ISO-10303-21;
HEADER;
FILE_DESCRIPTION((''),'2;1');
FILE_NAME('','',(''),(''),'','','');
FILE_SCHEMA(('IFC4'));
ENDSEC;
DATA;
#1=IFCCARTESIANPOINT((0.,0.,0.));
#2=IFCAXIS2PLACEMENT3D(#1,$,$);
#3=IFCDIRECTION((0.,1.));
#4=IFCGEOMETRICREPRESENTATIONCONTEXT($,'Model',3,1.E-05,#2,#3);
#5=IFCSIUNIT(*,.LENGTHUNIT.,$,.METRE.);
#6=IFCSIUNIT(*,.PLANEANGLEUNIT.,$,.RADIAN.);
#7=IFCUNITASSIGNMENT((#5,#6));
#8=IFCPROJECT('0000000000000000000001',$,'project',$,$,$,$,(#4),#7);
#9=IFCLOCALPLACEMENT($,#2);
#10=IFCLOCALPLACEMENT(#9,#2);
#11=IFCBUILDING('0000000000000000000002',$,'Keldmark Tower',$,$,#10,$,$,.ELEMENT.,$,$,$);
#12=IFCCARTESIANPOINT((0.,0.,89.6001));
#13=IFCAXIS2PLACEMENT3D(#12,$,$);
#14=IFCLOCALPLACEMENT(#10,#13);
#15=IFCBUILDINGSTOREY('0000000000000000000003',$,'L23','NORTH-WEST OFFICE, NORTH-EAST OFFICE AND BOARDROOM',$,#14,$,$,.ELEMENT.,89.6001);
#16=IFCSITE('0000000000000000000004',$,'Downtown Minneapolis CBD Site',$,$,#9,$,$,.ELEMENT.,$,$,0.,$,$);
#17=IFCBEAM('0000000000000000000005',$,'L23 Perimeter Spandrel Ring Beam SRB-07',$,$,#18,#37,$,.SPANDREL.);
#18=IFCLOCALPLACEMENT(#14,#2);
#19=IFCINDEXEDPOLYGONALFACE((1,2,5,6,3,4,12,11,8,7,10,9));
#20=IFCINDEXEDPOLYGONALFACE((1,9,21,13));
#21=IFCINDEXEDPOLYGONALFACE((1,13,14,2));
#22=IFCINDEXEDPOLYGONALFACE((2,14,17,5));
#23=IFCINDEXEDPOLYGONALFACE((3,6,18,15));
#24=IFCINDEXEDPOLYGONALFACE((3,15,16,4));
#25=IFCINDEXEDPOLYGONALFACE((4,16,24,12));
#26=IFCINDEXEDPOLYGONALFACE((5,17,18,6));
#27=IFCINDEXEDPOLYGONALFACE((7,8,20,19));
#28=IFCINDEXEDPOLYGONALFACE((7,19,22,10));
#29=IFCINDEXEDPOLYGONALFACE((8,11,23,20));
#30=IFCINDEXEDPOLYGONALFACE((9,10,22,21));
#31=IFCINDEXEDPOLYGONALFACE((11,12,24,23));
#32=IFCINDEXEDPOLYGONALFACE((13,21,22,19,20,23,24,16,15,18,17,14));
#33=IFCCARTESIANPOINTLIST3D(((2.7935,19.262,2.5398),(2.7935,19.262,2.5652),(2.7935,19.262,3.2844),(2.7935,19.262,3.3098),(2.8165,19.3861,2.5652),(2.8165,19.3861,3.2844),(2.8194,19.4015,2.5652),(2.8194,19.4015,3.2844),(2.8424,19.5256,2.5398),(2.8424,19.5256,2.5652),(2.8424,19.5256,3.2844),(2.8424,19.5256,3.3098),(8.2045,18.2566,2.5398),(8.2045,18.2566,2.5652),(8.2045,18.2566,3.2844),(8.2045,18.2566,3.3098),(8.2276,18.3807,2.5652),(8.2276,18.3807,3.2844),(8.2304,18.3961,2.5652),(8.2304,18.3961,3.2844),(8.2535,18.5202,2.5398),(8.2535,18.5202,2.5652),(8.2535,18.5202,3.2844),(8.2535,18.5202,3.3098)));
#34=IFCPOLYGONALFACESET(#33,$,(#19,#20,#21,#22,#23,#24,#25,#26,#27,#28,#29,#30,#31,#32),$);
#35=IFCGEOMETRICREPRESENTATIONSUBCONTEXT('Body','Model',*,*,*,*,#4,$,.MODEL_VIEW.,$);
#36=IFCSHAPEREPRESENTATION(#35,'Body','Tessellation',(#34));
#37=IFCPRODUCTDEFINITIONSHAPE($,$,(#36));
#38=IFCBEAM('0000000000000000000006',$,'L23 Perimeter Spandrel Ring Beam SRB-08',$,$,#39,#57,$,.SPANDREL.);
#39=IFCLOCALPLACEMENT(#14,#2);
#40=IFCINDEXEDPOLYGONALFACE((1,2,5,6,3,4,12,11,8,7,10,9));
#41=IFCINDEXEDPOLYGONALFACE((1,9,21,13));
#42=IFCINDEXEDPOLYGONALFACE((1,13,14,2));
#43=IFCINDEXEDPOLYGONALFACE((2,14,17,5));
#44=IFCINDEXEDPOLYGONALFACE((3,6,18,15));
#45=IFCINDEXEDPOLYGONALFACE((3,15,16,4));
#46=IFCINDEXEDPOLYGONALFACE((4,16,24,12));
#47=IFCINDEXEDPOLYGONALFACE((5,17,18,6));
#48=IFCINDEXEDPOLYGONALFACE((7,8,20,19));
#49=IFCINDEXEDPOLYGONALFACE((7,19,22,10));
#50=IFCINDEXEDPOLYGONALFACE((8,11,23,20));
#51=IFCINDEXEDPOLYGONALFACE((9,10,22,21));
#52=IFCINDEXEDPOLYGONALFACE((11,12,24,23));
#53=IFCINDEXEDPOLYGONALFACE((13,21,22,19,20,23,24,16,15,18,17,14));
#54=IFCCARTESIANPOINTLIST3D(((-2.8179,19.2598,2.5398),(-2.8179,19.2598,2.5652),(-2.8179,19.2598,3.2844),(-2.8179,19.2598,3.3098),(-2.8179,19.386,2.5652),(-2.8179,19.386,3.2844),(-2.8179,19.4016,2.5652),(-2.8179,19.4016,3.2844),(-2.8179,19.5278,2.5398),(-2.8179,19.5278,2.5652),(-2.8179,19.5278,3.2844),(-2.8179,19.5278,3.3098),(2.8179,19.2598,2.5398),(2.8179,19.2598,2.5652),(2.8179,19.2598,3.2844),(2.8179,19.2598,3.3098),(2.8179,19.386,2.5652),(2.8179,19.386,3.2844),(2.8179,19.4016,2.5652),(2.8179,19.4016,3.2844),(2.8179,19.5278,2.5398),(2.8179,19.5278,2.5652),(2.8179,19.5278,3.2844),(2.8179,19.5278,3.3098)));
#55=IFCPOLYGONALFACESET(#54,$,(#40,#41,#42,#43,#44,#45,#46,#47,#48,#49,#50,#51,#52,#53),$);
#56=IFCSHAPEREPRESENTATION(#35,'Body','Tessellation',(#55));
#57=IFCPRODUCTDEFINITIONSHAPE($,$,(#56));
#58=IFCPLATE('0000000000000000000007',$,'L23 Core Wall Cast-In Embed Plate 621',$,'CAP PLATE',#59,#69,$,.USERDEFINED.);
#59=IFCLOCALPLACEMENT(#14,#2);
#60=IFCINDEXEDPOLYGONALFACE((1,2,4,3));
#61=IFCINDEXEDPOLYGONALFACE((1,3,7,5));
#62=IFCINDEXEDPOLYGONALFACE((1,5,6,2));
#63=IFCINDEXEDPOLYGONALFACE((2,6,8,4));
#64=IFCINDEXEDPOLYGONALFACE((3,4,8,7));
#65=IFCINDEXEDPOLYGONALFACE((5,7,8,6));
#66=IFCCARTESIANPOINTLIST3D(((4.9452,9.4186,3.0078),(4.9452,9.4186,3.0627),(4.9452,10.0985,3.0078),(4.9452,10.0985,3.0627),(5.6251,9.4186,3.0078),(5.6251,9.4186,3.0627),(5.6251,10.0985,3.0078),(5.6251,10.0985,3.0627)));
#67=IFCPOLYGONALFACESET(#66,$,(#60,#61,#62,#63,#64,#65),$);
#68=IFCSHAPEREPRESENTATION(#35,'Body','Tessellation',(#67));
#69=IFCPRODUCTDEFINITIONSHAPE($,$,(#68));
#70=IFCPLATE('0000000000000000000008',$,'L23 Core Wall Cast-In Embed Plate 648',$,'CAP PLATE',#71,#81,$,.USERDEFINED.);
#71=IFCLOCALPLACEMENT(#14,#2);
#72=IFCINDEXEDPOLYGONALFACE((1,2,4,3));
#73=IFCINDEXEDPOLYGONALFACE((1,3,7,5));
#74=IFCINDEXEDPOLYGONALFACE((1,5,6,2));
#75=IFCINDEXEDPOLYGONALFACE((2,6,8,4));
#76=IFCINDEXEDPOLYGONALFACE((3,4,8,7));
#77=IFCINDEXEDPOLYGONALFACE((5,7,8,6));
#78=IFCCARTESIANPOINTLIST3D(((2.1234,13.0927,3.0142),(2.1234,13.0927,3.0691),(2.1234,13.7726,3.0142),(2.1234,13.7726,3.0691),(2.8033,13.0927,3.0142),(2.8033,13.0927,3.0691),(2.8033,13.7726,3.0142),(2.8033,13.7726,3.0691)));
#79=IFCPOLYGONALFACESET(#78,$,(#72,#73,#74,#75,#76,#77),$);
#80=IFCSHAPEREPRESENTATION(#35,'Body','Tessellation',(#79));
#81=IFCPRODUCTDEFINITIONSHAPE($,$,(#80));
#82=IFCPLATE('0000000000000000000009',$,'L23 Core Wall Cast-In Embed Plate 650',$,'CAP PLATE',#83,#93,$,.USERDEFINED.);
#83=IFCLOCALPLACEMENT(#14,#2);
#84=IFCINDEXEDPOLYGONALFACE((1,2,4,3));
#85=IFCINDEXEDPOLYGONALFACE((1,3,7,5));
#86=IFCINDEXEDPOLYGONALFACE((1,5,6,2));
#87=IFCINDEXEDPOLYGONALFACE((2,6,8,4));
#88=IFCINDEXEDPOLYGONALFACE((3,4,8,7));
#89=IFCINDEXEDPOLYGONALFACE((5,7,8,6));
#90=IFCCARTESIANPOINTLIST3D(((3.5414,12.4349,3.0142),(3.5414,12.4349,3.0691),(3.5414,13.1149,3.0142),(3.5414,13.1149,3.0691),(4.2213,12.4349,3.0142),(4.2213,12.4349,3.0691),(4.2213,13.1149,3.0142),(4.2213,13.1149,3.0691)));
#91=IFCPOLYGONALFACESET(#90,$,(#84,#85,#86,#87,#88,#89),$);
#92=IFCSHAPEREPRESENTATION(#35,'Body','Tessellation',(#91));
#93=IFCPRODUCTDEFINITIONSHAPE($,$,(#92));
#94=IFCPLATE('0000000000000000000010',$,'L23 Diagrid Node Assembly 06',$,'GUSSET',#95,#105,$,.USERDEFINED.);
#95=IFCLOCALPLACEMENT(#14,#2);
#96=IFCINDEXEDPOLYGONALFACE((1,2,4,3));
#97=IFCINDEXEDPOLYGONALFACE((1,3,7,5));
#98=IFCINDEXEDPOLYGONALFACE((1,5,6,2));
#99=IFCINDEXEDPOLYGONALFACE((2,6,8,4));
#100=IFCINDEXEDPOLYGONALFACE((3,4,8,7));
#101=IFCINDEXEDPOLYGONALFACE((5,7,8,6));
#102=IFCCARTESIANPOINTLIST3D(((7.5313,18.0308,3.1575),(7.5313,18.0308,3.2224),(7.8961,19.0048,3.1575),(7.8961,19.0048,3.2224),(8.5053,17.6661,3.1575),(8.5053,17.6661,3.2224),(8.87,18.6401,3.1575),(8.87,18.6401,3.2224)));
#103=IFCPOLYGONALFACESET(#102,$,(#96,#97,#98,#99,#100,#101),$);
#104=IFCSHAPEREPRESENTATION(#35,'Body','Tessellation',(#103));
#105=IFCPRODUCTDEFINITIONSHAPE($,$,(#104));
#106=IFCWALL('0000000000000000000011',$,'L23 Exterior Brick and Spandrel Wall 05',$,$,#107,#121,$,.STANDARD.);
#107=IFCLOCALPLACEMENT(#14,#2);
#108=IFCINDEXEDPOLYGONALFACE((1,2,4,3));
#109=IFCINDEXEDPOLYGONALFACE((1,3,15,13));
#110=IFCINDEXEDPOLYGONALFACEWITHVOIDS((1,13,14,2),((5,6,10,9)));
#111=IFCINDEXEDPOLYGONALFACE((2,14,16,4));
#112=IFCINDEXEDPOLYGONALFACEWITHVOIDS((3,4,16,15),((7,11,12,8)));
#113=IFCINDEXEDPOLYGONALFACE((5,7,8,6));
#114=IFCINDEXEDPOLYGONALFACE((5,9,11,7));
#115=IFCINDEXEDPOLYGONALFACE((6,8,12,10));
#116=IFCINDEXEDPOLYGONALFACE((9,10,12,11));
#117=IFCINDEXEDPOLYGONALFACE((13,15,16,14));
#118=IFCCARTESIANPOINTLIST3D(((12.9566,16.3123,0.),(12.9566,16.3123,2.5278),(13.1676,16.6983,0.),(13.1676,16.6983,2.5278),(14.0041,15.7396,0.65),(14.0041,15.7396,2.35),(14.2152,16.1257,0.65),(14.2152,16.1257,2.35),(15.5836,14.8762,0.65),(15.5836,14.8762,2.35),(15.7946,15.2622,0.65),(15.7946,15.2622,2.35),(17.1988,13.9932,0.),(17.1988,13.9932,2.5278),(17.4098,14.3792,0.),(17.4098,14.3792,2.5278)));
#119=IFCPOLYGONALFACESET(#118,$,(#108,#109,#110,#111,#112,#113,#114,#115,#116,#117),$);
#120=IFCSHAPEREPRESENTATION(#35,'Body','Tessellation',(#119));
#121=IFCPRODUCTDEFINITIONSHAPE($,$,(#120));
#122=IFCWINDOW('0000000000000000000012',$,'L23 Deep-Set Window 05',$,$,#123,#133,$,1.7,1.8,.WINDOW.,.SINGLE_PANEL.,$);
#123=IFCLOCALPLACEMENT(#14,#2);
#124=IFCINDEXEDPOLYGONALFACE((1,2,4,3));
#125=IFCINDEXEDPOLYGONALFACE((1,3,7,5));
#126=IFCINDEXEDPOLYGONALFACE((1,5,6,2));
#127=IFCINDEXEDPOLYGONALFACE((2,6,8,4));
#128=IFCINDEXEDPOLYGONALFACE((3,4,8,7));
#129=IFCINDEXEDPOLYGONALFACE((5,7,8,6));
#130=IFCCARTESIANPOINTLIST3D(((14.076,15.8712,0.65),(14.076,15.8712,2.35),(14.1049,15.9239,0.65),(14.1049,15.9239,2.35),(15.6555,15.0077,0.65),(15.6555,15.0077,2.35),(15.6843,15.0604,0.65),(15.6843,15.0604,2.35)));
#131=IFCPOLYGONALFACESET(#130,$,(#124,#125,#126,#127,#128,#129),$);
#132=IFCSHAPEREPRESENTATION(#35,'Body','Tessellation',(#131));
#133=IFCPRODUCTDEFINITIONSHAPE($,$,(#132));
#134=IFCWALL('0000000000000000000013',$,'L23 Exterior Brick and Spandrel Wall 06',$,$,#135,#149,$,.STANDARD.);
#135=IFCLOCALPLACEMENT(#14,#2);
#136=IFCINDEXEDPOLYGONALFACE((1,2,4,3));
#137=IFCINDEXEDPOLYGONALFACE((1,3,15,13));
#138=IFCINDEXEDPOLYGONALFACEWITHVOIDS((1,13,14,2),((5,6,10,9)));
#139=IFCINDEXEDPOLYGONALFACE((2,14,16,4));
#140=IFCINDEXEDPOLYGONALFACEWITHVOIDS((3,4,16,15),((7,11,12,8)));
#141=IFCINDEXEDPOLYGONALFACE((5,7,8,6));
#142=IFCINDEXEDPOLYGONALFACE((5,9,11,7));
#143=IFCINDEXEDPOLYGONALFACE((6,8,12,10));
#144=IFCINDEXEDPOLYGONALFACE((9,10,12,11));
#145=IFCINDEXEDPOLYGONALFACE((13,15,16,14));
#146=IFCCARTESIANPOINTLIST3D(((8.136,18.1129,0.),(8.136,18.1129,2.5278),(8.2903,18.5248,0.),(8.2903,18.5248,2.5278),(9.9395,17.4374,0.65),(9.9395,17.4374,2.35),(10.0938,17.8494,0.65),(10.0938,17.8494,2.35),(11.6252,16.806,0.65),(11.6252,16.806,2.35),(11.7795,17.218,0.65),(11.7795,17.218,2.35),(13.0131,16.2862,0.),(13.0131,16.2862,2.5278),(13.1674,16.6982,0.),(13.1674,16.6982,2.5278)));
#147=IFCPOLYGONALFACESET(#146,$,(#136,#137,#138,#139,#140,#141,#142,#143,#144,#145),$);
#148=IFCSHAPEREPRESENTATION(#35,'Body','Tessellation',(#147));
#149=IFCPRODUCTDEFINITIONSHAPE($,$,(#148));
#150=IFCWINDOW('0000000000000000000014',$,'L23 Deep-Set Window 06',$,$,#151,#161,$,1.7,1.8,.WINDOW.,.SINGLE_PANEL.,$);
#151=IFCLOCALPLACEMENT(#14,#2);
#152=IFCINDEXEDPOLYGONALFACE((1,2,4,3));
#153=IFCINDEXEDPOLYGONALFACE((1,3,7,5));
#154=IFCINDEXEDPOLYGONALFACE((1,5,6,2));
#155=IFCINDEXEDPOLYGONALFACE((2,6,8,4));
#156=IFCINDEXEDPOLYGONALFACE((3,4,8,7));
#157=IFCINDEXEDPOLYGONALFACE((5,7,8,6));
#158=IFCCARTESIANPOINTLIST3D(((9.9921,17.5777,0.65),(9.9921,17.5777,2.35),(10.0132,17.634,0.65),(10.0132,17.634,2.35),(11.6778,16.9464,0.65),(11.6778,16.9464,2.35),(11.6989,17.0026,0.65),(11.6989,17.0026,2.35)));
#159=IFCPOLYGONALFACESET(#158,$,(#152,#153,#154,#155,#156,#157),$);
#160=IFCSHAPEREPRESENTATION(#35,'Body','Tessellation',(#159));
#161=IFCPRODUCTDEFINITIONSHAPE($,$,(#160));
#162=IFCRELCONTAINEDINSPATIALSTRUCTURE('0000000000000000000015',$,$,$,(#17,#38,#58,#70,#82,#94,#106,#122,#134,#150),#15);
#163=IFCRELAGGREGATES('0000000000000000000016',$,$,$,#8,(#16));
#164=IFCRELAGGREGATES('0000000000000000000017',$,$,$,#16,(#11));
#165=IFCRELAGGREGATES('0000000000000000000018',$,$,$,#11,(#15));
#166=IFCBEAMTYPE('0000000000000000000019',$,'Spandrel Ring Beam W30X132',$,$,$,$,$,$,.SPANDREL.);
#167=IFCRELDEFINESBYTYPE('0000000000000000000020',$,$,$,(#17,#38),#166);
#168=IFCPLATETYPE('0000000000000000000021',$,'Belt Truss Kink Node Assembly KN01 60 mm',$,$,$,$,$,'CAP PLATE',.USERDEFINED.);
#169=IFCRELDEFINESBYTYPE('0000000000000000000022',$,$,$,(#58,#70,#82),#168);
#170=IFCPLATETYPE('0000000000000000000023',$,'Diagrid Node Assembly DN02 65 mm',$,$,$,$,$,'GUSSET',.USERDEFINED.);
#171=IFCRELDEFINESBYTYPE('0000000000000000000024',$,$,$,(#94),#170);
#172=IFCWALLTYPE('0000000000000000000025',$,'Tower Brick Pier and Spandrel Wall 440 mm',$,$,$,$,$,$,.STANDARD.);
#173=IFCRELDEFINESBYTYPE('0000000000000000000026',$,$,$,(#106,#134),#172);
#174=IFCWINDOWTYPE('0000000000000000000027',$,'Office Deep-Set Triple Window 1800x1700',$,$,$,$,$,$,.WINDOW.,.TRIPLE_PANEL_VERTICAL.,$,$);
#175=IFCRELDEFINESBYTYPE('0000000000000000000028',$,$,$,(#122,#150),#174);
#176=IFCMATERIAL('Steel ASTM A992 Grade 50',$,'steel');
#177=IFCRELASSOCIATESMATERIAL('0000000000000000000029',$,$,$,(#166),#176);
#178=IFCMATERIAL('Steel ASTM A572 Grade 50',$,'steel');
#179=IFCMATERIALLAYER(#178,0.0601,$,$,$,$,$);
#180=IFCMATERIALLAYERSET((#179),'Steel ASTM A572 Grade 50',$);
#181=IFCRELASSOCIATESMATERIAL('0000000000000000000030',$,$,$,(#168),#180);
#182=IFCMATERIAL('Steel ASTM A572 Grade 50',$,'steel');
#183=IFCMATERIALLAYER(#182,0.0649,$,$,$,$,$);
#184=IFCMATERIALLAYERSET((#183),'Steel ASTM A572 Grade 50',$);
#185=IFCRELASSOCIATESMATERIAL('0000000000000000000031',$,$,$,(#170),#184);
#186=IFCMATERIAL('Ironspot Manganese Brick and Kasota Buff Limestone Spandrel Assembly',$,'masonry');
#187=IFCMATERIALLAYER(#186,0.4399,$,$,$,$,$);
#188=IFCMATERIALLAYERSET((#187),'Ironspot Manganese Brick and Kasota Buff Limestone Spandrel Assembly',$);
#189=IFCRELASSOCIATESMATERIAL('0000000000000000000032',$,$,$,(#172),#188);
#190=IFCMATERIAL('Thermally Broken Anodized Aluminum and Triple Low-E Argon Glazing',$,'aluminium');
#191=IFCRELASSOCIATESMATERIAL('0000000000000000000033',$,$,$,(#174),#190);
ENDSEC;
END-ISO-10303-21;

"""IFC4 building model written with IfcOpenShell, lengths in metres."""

from ifc_helpers import new_model, si_unit, direction, frame, frame_2d, origin, origin_2d, place, context, subcontext, project, spatial, rectangle, i_section, extrude, material, layer, layer_set, material_profile, profile_set, type_object, element, fill, save


model = new_model("IFC4")

# Units and contexts
model_context = context("Model", 3, precision=1e-05, world=origin(), true_north=direction((0.0, 1.0)))
body_context = subcontext(model_context, "Body", "Model", "MODEL_VIEW")
ifc_project = project(units=[si_unit("LENGTHUNIT", "METRE"), si_unit("PLANEANGLEUNIT", "RADIAN")], contexts=[model_context])

# Site, building, storey
site_placement = place(None, origin())
site = spatial("IfcSite", under=ifc_project, at=site_placement, Name="Downtown Minneapolis CBD Site", CompositionType="ELEMENT", RefElevation=0.0)
building_placement = place(site_placement, origin())
building = spatial("IfcBuilding", under=site, at=building_placement, Name="Keldmark Tower", CompositionType="ELEMENT")
storey_placement = place(building_placement, frame((0.0, 0.0, 89.6001)))
storey = spatial("IfcBuildingStorey", under=building, at=storey_placement, Name="L23", Description="NORTH-WEST OFFICE, NORTH-EAST OFFICE AND BOARDROOM", CompositionType="ELEMENT", Elevation=89.6001)

# Beams
ifc_material_1 = material(Name="Steel ASTM A992 Grade 50", Category="steel")
ifc_material_profile_1 = material_profile(ifc_material_1, i_section(OverallWidth=0.2681, OverallDepth=0.77, WebThickness=0.0156, FlangeThickness=0.0254, at=origin_2d()), Name="W30X132")
ifc_profile_set_1 = profile_set([ifc_material_profile_1], Name="Steel ASTM A992 Grade 50")
beam_type_1 = type_object("IfcBeamType", Name="Spandrel Ring Beam W30X132", PredefinedType="SPANDREL", material=ifc_profile_set_1)
beam_1_placement = place(storey_placement, frame((8.229, 18.3884, 2.9248), z_axis=(-0.983174, 0.182671, 0.0), x_axis=(-0.182671, -0.983174, 0.0)))
element("IfcBeam", 1, at=beam_1_placement, inside=storey, type_object=beam_type_1, Name="L23 Perimeter Spandrel Ring Beam SRB-07", PredefinedType="SPANDREL", context=body_context, shape_type="SweptSolid", body=[
    extrude(i_section(OverallWidth=0.2681, OverallDepth=0.77, WebThickness=0.0156, FlangeThickness=0.0254, at=origin_2d()), origin(), (0.0, 0.0, 1.0), 5.5037),
])
beam_2_placement = place(storey_placement, frame((2.8179, 19.3938, 2.9248), z_axis=(-1.0, 0.0, 0.0), x_axis=(0.0, -1.0, 0.0)))
element("IfcBeam", 2, at=beam_2_placement, inside=storey, type_object=beam_type_1, Name="L23 Perimeter Spandrel Ring Beam SRB-08", PredefinedType="SPANDREL", context=body_context, shape_type="SweptSolid", body=[
    extrude(i_section(OverallWidth=0.2681, OverallDepth=0.77, WebThickness=0.0156, FlangeThickness=0.0254, at=origin_2d()), origin(), (0.0, 0.0, 1.0), 5.6357),
])

# Plates
ifc_material_2 = material(Name="Steel ASTM A572 Grade 50", Category="steel")
ifc_layer_1 = layer(ifc_material_2, 0.0601)
ifc_layer_set_1 = layer_set([ifc_layer_1], Name="Steel ASTM A572 Grade 50")
plate_type_1 = type_object("IfcPlateType", Name="Belt Truss Kink Node Assembly KN01 60 mm", ElementType="CAP PLATE", PredefinedType="USERDEFINED", material=ifc_layer_set_1)
for number, where, z_axis, x_axis, name in (
    (3, (5.2852, 9.7585, 3.0078), (0.0, 0.0, 1.0), (1.0, 0.0, 0.0), "L23 Core Wall Cast-In Embed Plate 621"),
    (4, (2.4634, 13.4326, 3.0142), (0.0, 0.0, 1.0), (1.0, 0.0, 0.0), "L23 Core Wall Cast-In Embed Plate 648"),
    (5, (3.8813, 12.7749, 3.0142), (0.0, 0.0, 1.0), (1.0, 0.0, 0.0), "L23 Core Wall Cast-In Embed Plate 650"),
):
    element("IfcPlate", number, at=place(storey_placement, frame(where, z_axis=z_axis, x_axis=x_axis)), inside=storey, type_object=plate_type_1, Name=name, ObjectType="CAP PLATE", PredefinedType="USERDEFINED", context=body_context, shape_type="SweptSolid", body=[
        extrude(rectangle(XDim=0.6799, YDim=0.6799, at=origin_2d()), origin(), (0.0, 0.0, 1.0), 0.0549),
    ])
ifc_material_3 = material(Name="Steel ASTM A572 Grade 50", Category="steel")
ifc_layer_2 = layer(ifc_material_3, 0.0649)
ifc_layer_set_2 = layer_set([ifc_layer_2], Name="Steel ASTM A572 Grade 50")
plate_type_2 = type_object("IfcPlateType", Name="Diagrid Node Assembly DN02 65 mm", ElementType="GUSSET", PredefinedType="USERDEFINED", material=ifc_layer_set_2)
plate_placement = place(storey_placement, frame((8.2007, 18.3354, 3.1575), z_axis=(0.0, 0.0, 1.0), x_axis=(-0.936489, 0.350698, 0.0)))
element("IfcPlate", 6, at=plate_placement, inside=storey, type_object=plate_type_2, Name="L23 Diagrid Node Assembly 06", ObjectType="GUSSET", PredefinedType="USERDEFINED", context=body_context, shape_type="SweptSolid", body=[
    extrude(rectangle(XDim=1.04, YDim=1.04, at=origin_2d()), origin(), (0.0, 0.0, 1.0), 0.0649),
])

# Walls, openings, windows
ifc_material_4 = material(Name="Ironspot Manganese Brick and Kasota Buff Limestone Spandrel Assembly", Category="masonry")
ifc_layer_3 = layer(ifc_material_4, 0.4399)
ifc_layer_set_3 = layer_set([ifc_layer_3], Name="Ironspot Manganese Brick and Kasota Buff Limestone Spandrel Assembly")
wall_type = type_object("IfcWallType", Name="Tower Brick Pier and Spandrel Wall 440 mm", PredefinedType="STANDARD", material=ifc_layer_set_3)
wall_1_placement = place(storey_placement, frame((13.062, 16.5054, 0.0), z_axis=(0.0, 0.0, 1.0), x_axis=(0.877446, -0.479676, 0.0)))
wall_1 = element("IfcWall", 7, at=wall_1_placement, inside=storey, type_object=wall_type, Name="L23 Exterior Brick and Spandrel Wall 05", PredefinedType="STANDARD", context=body_context, shape_type="SweptSolid", body=[
    extrude(rectangle(XDim=4.8347, YDim=0.4399, at=frame_2d((2.4175, 0.0))), origin(), (0.0, 0.0, 1.0), 2.5278),
])
opening_1_placement = place(wall_1_placement, frame((1.1941, 0.0, 0.6499)))
opening_1 = element("IfcOpeningElement", 8, at=opening_1_placement, cuts=wall_1, PredefinedType="OPENING", context=body_context, shape_type="SweptSolid", body=[
    extrude(rectangle(XDim=1.8, YDim=1.7, at=frame_2d((0.8999, 0.8501))), frame((0.0, 0.23, 0.0), z_axis=(0.0, -1.0, 0.0), x_axis=(1.0, 0.0, 0.0)), (0.0, 0.0, 1.0), 0.46),
])
ifc_material_5 = material(Name="Thermally Broken Anodized Aluminum and Triple Low-E Argon Glazing", Category="aluminium")
window_type = type_object("IfcWindowType", Name="Office Deep-Set Triple Window 1800x1700", PartitioningType="TRIPLE_PANEL_VERTICAL", PredefinedType="WINDOW", material=ifc_material_5)
window_1_placement = place(opening_1_placement, origin())
window_1 = element("IfcWindow", 9, at=window_1_placement, inside=storey, type_object=window_type, Name="L23 Deep-Set Window 05", OverallHeight=1.7, OverallWidth=1.8, PartitioningType="SINGLE_PANEL", PredefinedType="WINDOW", context=body_context, shape_type="SweptSolid", body=[
    extrude(rectangle(XDim=1.8, YDim=1.7, at=frame_2d((0.8999, 0.8501))), frame((0.0, -0.01, 0.0), z_axis=(0.0, -1.0, 0.0), x_axis=(1.0, 0.0, 0.0)), (0.0, 0.0, 1.0), 0.0601),
])
fill(opening_1, window_1)
wall_2_placement = place(storey_placement, frame((8.2131, 18.3188, 0.0), z_axis=(0.0, 0.0, 1.0), x_axis=(0.936474, -0.350738, 0.0)))
wall_2 = element("IfcWall", 10, at=wall_2_placement, inside=storey, type_object=wall_type, Name="L23 Exterior Brick and Spandrel Wall 06", PredefinedType="STANDARD", context=body_context, shape_type="SweptSolid", body=[
    extrude(rectangle(XDim=5.208, YDim=0.4399, at=frame_2d((2.604, 0.0))), origin(), (0.0, 0.0, 1.0), 2.5278),
])
opening_2_placement = place(wall_2_placement, frame((1.926, 0.0, 0.6499)))
opening_2 = element("IfcOpeningElement", 11, at=opening_2_placement, cuts=wall_2, PredefinedType="OPENING", context=body_context, shape_type="SweptSolid", body=[
    extrude(rectangle(XDim=1.8, YDim=1.7, at=frame_2d((0.8999, 0.8501))), frame((0.0, 0.23, 0.0), z_axis=(0.0, -1.0, 0.0), x_axis=(1.0, 0.0, 0.0)), (0.0, 0.0, 1.0), 0.46),
])
window_2_placement = place(opening_2_placement, origin())
window_2 = element("IfcWindow", 12, at=window_2_placement, inside=storey, type_object=window_type, Name="L23 Deep-Set Window 06", OverallHeight=1.7, OverallWidth=1.8, PartitioningType="SINGLE_PANEL", PredefinedType="WINDOW", context=body_context, shape_type="SweptSolid", body=[
    extrude(rectangle(XDim=1.8, YDim=1.7, at=frame_2d((0.8999, 0.8501))), frame((0.0, -0.01, 0.0), z_axis=(0.0, -1.0, 0.0), x_axis=(1.0, 0.0, 0.0)), (0.0, 0.0, 1.0), 0.0601),
])
fill(opening_2, window_2)

save(model, "model.ifc")
